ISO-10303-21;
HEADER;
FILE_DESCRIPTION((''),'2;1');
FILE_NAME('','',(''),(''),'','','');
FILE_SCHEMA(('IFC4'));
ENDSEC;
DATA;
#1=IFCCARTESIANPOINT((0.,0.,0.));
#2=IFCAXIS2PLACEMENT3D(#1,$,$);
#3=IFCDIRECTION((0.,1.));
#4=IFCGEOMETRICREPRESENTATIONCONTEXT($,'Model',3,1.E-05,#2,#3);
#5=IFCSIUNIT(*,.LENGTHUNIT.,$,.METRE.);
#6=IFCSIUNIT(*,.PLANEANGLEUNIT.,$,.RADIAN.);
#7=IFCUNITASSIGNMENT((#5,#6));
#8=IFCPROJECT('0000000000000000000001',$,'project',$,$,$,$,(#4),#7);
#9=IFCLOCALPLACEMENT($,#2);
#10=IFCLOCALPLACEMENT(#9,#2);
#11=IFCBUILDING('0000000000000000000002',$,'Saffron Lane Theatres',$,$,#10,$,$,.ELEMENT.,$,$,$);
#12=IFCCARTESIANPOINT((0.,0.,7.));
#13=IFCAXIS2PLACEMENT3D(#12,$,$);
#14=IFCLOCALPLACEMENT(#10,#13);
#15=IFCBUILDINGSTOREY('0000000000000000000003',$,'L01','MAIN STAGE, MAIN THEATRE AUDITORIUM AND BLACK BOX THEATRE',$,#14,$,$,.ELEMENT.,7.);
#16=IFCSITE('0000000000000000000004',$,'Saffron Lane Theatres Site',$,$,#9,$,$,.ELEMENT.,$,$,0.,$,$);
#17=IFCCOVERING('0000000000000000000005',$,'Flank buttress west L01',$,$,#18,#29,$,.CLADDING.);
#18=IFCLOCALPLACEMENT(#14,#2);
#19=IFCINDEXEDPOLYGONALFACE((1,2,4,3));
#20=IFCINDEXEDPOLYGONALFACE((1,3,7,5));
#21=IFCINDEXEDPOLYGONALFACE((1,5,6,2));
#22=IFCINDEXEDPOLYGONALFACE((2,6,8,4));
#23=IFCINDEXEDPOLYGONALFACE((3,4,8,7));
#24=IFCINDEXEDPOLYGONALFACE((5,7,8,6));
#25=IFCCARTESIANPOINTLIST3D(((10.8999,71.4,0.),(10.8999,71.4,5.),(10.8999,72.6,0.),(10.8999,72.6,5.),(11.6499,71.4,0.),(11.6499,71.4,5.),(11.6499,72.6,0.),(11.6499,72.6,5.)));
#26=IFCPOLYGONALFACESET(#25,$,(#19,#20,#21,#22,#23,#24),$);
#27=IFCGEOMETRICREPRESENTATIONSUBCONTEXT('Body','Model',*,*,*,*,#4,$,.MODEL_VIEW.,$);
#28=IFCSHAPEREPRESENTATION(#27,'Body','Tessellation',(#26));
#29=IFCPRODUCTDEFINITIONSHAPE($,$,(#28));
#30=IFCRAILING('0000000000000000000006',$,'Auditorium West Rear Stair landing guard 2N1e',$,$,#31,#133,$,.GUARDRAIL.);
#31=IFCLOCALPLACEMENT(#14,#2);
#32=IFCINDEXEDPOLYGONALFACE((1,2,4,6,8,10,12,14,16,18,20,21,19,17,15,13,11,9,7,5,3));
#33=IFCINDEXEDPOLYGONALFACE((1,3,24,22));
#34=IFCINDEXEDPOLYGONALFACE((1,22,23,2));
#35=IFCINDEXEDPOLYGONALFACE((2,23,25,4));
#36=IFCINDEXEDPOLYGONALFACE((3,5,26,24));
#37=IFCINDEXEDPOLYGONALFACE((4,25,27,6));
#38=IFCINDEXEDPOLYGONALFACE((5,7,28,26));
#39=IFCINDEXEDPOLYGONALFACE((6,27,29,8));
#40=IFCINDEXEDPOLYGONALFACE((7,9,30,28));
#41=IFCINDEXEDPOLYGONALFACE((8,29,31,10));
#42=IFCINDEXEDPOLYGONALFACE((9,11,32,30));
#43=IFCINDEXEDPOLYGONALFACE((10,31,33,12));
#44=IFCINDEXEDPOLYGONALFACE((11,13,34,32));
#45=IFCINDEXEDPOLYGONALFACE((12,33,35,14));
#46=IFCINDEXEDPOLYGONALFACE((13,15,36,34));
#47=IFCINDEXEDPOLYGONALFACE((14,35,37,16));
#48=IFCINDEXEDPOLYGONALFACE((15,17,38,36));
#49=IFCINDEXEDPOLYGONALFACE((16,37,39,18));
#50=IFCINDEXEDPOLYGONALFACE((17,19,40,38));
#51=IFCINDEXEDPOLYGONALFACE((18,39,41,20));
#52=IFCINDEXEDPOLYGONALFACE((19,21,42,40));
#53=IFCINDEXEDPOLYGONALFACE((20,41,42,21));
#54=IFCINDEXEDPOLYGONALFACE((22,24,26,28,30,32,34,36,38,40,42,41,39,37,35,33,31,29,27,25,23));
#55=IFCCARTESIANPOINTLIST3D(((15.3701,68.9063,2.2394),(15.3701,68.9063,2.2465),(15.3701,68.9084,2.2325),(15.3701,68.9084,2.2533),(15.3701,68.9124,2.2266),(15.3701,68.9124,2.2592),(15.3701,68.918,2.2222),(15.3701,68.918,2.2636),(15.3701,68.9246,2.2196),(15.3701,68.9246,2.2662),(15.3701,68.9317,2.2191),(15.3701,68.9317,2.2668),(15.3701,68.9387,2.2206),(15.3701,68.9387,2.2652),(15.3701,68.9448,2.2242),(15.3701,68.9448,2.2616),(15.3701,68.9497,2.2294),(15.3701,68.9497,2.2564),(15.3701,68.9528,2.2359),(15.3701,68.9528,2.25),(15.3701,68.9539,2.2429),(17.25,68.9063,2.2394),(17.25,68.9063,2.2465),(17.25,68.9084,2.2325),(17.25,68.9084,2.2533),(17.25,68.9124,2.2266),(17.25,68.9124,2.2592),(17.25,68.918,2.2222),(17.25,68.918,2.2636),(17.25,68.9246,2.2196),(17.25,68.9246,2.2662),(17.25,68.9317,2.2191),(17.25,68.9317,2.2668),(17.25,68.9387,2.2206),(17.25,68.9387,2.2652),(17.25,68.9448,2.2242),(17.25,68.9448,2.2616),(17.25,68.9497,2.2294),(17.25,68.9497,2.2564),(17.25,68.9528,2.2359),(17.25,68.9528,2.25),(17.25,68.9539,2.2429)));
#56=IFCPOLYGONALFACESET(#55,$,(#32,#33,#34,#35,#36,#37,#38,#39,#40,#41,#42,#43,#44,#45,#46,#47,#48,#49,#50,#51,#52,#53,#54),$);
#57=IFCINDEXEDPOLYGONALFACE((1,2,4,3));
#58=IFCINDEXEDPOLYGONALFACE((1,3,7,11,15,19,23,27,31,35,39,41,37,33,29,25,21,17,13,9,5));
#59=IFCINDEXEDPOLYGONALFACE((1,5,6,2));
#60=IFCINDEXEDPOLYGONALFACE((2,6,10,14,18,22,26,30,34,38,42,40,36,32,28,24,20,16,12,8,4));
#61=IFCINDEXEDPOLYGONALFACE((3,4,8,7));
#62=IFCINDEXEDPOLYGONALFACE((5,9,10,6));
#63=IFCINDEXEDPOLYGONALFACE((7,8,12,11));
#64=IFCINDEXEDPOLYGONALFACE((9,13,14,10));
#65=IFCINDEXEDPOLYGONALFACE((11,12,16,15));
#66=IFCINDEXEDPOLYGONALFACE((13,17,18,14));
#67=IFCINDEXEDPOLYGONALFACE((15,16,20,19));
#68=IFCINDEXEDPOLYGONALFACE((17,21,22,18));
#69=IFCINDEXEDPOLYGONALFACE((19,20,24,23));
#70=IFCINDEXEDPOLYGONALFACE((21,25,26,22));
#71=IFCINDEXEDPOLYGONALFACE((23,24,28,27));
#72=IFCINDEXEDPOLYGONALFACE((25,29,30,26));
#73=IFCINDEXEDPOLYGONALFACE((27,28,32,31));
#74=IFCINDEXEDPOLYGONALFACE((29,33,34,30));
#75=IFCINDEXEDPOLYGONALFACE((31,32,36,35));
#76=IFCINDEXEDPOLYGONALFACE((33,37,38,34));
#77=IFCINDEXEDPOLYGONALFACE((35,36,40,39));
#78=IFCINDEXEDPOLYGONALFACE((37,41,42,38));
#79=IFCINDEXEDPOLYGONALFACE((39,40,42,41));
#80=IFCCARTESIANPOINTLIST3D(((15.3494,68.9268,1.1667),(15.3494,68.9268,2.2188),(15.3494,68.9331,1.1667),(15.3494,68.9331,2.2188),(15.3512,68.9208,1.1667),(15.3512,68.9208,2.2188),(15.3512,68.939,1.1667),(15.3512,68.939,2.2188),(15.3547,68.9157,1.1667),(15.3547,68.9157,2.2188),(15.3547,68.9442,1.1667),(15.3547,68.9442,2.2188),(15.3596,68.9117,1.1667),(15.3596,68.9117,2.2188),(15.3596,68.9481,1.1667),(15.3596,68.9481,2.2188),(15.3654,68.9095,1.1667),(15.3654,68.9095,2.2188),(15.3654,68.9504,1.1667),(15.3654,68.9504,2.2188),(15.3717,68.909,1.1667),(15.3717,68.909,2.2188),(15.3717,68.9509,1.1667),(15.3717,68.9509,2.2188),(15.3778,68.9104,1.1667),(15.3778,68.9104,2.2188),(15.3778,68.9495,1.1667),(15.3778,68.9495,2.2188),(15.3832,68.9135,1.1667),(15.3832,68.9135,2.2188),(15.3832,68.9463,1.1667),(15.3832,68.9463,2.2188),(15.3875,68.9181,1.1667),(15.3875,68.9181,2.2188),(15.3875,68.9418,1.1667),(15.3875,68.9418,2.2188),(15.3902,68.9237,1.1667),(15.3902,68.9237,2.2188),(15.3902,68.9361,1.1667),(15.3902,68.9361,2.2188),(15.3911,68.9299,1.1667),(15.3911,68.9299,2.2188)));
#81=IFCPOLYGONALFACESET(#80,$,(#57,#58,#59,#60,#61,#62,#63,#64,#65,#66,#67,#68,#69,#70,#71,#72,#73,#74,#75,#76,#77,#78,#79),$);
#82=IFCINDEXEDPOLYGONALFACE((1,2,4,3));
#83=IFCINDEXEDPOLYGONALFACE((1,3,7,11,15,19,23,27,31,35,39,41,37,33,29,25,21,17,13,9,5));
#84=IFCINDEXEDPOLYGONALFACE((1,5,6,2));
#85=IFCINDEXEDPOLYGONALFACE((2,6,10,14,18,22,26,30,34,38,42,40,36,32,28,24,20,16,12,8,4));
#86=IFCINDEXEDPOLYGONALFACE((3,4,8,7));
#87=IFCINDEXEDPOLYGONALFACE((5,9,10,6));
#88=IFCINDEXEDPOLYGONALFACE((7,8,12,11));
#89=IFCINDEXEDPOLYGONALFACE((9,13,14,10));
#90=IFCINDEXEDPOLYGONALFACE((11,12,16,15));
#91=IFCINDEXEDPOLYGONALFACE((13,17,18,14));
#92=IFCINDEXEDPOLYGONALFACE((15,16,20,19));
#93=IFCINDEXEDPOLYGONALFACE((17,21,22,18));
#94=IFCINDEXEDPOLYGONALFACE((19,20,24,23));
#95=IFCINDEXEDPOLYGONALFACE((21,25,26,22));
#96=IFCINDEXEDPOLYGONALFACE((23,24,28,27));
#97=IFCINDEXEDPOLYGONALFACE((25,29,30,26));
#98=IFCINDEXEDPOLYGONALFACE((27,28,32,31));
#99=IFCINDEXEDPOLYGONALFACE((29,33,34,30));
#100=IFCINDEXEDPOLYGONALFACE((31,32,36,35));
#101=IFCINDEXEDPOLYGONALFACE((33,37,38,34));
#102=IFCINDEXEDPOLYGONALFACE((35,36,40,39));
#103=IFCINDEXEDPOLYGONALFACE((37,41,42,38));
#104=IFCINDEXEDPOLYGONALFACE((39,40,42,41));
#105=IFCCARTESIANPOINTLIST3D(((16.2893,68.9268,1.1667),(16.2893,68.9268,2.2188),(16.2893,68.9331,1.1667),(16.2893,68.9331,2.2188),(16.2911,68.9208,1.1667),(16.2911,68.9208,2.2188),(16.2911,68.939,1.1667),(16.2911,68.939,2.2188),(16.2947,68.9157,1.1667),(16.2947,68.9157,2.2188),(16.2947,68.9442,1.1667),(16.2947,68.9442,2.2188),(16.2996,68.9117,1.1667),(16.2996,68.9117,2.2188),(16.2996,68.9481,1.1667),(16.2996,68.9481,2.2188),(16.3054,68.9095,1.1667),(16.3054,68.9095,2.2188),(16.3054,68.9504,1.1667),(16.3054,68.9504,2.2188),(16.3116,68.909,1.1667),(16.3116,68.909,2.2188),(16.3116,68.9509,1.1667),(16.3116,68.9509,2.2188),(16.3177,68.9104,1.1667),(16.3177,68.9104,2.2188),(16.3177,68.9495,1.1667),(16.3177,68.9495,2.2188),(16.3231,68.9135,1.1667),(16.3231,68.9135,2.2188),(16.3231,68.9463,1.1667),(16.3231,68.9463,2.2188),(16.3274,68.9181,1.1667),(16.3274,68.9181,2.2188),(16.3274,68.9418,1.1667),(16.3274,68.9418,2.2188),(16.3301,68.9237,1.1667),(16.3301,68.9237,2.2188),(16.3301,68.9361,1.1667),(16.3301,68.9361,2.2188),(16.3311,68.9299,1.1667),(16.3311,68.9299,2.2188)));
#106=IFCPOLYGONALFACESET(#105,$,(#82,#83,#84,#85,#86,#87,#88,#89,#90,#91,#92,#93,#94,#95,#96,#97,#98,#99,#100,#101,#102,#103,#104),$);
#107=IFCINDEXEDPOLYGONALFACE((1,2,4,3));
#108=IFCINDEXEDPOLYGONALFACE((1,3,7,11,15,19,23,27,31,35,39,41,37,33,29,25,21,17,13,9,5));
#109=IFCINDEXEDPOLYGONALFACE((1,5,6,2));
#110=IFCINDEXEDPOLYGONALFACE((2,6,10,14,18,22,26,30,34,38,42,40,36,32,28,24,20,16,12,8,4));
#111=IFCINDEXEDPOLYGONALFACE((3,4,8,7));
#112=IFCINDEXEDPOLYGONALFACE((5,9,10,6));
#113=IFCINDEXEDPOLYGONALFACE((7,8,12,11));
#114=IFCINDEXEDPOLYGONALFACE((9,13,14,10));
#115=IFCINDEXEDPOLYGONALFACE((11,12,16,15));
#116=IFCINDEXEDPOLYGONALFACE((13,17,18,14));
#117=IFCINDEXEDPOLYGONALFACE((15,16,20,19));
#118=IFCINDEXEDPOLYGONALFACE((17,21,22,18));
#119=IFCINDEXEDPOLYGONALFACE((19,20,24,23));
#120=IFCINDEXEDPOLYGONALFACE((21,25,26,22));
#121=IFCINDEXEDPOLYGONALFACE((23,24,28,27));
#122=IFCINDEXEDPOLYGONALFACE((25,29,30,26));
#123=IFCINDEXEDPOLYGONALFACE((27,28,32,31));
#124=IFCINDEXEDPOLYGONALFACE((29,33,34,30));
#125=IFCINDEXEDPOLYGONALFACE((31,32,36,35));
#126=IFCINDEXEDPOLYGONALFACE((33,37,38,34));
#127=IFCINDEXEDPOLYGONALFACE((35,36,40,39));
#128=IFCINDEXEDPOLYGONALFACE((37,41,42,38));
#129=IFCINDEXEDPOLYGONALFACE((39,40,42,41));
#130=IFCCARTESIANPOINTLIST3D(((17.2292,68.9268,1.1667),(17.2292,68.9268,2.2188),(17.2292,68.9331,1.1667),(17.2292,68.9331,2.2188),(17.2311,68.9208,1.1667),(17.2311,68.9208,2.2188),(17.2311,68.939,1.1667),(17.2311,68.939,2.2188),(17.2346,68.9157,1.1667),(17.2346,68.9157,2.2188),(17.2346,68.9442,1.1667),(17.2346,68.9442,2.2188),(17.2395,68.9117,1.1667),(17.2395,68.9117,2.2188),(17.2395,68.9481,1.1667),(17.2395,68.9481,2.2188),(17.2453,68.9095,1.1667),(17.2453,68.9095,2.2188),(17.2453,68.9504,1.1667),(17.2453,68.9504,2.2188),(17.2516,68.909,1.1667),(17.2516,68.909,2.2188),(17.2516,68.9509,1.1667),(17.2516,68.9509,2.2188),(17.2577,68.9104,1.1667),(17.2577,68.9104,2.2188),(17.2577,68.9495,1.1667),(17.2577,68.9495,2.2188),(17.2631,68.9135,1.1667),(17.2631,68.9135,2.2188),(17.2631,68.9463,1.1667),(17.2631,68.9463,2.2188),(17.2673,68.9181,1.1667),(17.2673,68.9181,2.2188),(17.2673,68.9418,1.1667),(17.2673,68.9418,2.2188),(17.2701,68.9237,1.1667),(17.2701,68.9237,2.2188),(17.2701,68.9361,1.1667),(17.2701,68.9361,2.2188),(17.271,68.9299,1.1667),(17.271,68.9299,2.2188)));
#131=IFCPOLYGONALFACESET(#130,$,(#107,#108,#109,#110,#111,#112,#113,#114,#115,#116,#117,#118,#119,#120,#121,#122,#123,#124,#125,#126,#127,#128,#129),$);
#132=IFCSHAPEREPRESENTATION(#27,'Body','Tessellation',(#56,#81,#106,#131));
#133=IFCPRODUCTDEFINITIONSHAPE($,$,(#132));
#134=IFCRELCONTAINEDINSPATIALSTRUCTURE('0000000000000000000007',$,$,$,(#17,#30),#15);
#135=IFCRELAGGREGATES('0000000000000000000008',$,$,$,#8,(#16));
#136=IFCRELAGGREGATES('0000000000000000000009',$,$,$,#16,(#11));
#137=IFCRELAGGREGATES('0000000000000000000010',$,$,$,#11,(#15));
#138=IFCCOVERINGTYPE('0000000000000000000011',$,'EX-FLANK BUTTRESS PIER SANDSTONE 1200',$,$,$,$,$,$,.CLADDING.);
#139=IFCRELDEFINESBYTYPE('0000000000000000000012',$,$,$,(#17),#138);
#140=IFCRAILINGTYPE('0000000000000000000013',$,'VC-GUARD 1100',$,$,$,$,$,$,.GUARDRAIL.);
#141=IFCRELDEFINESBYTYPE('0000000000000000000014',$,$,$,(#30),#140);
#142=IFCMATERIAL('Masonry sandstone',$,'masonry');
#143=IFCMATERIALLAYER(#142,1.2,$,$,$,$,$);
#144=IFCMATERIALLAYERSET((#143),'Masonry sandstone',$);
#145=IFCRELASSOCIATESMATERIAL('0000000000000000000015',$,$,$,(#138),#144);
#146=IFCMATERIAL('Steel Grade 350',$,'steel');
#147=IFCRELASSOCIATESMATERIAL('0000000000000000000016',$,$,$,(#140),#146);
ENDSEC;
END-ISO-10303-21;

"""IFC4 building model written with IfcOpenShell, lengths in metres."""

from ifc_helpers import new_model, si_unit, direction, frame, origin, origin_2d, place, context, subcontext, project, spatial, rectangle, circle, extrude, material, layer, layer_set, type_object, element, save


model = new_model("IFC4")

# Units and contexts
model_context = context("Model", 3, precision=1e-05, world=origin(), true_north=direction((0.0, 1.0)))
body_context = subcontext(model_context, "Body", "Model", "MODEL_VIEW")
ifc_project = project(units=[si_unit("LENGTHUNIT", "METRE"), si_unit("PLANEANGLEUNIT", "RADIAN")], contexts=[model_context])

# Site, building, storey
site_placement = place(None, origin())
site = spatial("IfcSite", under=ifc_project, at=site_placement, Name="Saffron Lane Theatres Site", CompositionType="ELEMENT", RefElevation=0.0)
building_placement = place(site_placement, origin())
building = spatial("IfcBuilding", under=site, at=building_placement, Name="Saffron Lane Theatres", CompositionType="ELEMENT")
storey_placement = place(building_placement, frame((0.0, 0.0, 7.0)))
storey = spatial("IfcBuildingStorey", under=building, at=storey_placement, Name="L01", Description="MAIN STAGE, MAIN THEATRE AUDITORIUM AND BLACK BOX THEATRE", CompositionType="ELEMENT", Elevation=7.0)

# Covering
ifc_material_1 = material(Name="Masonry sandstone", Category="masonry")
ifc_layer_1 = layer(ifc_material_1, 1.2)
ifc_layer_set_1 = layer_set([ifc_layer_1], Name="Masonry sandstone")
covering_type = type_object("IfcCoveringType", Name="EX-FLANK BUTTRESS PIER SANDSTONE 1200", PredefinedType="CLADDING", material=ifc_layer_set_1)
covering_placement = place(storey_placement, frame((11.2749, 72.0, 0.0), z_axis=(0.0, 0.0, 1.0), x_axis=(0.0, 1.0, 0.0)))
element("IfcCovering", 1, at=covering_placement, inside=storey, type_object=covering_type, Name="Flank buttress west L01", PredefinedType="CLADDING", context=body_context, shape_type="SweptSolid", body=[
    extrude(rectangle(XDim=1.2, YDim=0.75, at=origin_2d()), origin(), (0.0, 0.0, 1.0), 5.0),
])

# Railing
ifc_material_2 = material(Name="Steel Grade 350", Category="steel")
railing_type_1 = type_object("IfcRailingType", Name="VC-GUARD 1100", PredefinedType="GUARDRAIL", material=ifc_material_2)
railing_1_placement = place(storey_placement, frame((15.3701, 68.9299, 1.1667)))
element("IfcRailing", 2, at=railing_1_placement, inside=storey, type_object=railing_type_1, Name="Auditorium West Rear Stair landing guard 2N1e", PredefinedType="GUARDRAIL", context=body_context, shape_type="SweptSolid", body=[
    extrude(circle(Radius=0.0239, at=origin_2d()), frame((0.0, 0.0, 1.0762), z_axis=(1.0, 0.0, 0.0), x_axis=(0.0, 1.0, 0.0)), (0.0, 0.0, 1.0), 1.8799),
    extrude(circle(Radius=0.021, at=origin_2d()), origin(), (0.0, 0.0, 1.0), 1.052),
    extrude(circle(Radius=0.021, at=origin_2d()), frame((0.9399, 0.0, 0.0)), (0.0, 0.0, 1.0), 1.052),
    extrude(circle(Radius=0.021, at=origin_2d()), frame((1.8799, 0.0, 0.0)), (0.0, 0.0, 1.0), 1.052),
])

save(model, "model.ifc")
